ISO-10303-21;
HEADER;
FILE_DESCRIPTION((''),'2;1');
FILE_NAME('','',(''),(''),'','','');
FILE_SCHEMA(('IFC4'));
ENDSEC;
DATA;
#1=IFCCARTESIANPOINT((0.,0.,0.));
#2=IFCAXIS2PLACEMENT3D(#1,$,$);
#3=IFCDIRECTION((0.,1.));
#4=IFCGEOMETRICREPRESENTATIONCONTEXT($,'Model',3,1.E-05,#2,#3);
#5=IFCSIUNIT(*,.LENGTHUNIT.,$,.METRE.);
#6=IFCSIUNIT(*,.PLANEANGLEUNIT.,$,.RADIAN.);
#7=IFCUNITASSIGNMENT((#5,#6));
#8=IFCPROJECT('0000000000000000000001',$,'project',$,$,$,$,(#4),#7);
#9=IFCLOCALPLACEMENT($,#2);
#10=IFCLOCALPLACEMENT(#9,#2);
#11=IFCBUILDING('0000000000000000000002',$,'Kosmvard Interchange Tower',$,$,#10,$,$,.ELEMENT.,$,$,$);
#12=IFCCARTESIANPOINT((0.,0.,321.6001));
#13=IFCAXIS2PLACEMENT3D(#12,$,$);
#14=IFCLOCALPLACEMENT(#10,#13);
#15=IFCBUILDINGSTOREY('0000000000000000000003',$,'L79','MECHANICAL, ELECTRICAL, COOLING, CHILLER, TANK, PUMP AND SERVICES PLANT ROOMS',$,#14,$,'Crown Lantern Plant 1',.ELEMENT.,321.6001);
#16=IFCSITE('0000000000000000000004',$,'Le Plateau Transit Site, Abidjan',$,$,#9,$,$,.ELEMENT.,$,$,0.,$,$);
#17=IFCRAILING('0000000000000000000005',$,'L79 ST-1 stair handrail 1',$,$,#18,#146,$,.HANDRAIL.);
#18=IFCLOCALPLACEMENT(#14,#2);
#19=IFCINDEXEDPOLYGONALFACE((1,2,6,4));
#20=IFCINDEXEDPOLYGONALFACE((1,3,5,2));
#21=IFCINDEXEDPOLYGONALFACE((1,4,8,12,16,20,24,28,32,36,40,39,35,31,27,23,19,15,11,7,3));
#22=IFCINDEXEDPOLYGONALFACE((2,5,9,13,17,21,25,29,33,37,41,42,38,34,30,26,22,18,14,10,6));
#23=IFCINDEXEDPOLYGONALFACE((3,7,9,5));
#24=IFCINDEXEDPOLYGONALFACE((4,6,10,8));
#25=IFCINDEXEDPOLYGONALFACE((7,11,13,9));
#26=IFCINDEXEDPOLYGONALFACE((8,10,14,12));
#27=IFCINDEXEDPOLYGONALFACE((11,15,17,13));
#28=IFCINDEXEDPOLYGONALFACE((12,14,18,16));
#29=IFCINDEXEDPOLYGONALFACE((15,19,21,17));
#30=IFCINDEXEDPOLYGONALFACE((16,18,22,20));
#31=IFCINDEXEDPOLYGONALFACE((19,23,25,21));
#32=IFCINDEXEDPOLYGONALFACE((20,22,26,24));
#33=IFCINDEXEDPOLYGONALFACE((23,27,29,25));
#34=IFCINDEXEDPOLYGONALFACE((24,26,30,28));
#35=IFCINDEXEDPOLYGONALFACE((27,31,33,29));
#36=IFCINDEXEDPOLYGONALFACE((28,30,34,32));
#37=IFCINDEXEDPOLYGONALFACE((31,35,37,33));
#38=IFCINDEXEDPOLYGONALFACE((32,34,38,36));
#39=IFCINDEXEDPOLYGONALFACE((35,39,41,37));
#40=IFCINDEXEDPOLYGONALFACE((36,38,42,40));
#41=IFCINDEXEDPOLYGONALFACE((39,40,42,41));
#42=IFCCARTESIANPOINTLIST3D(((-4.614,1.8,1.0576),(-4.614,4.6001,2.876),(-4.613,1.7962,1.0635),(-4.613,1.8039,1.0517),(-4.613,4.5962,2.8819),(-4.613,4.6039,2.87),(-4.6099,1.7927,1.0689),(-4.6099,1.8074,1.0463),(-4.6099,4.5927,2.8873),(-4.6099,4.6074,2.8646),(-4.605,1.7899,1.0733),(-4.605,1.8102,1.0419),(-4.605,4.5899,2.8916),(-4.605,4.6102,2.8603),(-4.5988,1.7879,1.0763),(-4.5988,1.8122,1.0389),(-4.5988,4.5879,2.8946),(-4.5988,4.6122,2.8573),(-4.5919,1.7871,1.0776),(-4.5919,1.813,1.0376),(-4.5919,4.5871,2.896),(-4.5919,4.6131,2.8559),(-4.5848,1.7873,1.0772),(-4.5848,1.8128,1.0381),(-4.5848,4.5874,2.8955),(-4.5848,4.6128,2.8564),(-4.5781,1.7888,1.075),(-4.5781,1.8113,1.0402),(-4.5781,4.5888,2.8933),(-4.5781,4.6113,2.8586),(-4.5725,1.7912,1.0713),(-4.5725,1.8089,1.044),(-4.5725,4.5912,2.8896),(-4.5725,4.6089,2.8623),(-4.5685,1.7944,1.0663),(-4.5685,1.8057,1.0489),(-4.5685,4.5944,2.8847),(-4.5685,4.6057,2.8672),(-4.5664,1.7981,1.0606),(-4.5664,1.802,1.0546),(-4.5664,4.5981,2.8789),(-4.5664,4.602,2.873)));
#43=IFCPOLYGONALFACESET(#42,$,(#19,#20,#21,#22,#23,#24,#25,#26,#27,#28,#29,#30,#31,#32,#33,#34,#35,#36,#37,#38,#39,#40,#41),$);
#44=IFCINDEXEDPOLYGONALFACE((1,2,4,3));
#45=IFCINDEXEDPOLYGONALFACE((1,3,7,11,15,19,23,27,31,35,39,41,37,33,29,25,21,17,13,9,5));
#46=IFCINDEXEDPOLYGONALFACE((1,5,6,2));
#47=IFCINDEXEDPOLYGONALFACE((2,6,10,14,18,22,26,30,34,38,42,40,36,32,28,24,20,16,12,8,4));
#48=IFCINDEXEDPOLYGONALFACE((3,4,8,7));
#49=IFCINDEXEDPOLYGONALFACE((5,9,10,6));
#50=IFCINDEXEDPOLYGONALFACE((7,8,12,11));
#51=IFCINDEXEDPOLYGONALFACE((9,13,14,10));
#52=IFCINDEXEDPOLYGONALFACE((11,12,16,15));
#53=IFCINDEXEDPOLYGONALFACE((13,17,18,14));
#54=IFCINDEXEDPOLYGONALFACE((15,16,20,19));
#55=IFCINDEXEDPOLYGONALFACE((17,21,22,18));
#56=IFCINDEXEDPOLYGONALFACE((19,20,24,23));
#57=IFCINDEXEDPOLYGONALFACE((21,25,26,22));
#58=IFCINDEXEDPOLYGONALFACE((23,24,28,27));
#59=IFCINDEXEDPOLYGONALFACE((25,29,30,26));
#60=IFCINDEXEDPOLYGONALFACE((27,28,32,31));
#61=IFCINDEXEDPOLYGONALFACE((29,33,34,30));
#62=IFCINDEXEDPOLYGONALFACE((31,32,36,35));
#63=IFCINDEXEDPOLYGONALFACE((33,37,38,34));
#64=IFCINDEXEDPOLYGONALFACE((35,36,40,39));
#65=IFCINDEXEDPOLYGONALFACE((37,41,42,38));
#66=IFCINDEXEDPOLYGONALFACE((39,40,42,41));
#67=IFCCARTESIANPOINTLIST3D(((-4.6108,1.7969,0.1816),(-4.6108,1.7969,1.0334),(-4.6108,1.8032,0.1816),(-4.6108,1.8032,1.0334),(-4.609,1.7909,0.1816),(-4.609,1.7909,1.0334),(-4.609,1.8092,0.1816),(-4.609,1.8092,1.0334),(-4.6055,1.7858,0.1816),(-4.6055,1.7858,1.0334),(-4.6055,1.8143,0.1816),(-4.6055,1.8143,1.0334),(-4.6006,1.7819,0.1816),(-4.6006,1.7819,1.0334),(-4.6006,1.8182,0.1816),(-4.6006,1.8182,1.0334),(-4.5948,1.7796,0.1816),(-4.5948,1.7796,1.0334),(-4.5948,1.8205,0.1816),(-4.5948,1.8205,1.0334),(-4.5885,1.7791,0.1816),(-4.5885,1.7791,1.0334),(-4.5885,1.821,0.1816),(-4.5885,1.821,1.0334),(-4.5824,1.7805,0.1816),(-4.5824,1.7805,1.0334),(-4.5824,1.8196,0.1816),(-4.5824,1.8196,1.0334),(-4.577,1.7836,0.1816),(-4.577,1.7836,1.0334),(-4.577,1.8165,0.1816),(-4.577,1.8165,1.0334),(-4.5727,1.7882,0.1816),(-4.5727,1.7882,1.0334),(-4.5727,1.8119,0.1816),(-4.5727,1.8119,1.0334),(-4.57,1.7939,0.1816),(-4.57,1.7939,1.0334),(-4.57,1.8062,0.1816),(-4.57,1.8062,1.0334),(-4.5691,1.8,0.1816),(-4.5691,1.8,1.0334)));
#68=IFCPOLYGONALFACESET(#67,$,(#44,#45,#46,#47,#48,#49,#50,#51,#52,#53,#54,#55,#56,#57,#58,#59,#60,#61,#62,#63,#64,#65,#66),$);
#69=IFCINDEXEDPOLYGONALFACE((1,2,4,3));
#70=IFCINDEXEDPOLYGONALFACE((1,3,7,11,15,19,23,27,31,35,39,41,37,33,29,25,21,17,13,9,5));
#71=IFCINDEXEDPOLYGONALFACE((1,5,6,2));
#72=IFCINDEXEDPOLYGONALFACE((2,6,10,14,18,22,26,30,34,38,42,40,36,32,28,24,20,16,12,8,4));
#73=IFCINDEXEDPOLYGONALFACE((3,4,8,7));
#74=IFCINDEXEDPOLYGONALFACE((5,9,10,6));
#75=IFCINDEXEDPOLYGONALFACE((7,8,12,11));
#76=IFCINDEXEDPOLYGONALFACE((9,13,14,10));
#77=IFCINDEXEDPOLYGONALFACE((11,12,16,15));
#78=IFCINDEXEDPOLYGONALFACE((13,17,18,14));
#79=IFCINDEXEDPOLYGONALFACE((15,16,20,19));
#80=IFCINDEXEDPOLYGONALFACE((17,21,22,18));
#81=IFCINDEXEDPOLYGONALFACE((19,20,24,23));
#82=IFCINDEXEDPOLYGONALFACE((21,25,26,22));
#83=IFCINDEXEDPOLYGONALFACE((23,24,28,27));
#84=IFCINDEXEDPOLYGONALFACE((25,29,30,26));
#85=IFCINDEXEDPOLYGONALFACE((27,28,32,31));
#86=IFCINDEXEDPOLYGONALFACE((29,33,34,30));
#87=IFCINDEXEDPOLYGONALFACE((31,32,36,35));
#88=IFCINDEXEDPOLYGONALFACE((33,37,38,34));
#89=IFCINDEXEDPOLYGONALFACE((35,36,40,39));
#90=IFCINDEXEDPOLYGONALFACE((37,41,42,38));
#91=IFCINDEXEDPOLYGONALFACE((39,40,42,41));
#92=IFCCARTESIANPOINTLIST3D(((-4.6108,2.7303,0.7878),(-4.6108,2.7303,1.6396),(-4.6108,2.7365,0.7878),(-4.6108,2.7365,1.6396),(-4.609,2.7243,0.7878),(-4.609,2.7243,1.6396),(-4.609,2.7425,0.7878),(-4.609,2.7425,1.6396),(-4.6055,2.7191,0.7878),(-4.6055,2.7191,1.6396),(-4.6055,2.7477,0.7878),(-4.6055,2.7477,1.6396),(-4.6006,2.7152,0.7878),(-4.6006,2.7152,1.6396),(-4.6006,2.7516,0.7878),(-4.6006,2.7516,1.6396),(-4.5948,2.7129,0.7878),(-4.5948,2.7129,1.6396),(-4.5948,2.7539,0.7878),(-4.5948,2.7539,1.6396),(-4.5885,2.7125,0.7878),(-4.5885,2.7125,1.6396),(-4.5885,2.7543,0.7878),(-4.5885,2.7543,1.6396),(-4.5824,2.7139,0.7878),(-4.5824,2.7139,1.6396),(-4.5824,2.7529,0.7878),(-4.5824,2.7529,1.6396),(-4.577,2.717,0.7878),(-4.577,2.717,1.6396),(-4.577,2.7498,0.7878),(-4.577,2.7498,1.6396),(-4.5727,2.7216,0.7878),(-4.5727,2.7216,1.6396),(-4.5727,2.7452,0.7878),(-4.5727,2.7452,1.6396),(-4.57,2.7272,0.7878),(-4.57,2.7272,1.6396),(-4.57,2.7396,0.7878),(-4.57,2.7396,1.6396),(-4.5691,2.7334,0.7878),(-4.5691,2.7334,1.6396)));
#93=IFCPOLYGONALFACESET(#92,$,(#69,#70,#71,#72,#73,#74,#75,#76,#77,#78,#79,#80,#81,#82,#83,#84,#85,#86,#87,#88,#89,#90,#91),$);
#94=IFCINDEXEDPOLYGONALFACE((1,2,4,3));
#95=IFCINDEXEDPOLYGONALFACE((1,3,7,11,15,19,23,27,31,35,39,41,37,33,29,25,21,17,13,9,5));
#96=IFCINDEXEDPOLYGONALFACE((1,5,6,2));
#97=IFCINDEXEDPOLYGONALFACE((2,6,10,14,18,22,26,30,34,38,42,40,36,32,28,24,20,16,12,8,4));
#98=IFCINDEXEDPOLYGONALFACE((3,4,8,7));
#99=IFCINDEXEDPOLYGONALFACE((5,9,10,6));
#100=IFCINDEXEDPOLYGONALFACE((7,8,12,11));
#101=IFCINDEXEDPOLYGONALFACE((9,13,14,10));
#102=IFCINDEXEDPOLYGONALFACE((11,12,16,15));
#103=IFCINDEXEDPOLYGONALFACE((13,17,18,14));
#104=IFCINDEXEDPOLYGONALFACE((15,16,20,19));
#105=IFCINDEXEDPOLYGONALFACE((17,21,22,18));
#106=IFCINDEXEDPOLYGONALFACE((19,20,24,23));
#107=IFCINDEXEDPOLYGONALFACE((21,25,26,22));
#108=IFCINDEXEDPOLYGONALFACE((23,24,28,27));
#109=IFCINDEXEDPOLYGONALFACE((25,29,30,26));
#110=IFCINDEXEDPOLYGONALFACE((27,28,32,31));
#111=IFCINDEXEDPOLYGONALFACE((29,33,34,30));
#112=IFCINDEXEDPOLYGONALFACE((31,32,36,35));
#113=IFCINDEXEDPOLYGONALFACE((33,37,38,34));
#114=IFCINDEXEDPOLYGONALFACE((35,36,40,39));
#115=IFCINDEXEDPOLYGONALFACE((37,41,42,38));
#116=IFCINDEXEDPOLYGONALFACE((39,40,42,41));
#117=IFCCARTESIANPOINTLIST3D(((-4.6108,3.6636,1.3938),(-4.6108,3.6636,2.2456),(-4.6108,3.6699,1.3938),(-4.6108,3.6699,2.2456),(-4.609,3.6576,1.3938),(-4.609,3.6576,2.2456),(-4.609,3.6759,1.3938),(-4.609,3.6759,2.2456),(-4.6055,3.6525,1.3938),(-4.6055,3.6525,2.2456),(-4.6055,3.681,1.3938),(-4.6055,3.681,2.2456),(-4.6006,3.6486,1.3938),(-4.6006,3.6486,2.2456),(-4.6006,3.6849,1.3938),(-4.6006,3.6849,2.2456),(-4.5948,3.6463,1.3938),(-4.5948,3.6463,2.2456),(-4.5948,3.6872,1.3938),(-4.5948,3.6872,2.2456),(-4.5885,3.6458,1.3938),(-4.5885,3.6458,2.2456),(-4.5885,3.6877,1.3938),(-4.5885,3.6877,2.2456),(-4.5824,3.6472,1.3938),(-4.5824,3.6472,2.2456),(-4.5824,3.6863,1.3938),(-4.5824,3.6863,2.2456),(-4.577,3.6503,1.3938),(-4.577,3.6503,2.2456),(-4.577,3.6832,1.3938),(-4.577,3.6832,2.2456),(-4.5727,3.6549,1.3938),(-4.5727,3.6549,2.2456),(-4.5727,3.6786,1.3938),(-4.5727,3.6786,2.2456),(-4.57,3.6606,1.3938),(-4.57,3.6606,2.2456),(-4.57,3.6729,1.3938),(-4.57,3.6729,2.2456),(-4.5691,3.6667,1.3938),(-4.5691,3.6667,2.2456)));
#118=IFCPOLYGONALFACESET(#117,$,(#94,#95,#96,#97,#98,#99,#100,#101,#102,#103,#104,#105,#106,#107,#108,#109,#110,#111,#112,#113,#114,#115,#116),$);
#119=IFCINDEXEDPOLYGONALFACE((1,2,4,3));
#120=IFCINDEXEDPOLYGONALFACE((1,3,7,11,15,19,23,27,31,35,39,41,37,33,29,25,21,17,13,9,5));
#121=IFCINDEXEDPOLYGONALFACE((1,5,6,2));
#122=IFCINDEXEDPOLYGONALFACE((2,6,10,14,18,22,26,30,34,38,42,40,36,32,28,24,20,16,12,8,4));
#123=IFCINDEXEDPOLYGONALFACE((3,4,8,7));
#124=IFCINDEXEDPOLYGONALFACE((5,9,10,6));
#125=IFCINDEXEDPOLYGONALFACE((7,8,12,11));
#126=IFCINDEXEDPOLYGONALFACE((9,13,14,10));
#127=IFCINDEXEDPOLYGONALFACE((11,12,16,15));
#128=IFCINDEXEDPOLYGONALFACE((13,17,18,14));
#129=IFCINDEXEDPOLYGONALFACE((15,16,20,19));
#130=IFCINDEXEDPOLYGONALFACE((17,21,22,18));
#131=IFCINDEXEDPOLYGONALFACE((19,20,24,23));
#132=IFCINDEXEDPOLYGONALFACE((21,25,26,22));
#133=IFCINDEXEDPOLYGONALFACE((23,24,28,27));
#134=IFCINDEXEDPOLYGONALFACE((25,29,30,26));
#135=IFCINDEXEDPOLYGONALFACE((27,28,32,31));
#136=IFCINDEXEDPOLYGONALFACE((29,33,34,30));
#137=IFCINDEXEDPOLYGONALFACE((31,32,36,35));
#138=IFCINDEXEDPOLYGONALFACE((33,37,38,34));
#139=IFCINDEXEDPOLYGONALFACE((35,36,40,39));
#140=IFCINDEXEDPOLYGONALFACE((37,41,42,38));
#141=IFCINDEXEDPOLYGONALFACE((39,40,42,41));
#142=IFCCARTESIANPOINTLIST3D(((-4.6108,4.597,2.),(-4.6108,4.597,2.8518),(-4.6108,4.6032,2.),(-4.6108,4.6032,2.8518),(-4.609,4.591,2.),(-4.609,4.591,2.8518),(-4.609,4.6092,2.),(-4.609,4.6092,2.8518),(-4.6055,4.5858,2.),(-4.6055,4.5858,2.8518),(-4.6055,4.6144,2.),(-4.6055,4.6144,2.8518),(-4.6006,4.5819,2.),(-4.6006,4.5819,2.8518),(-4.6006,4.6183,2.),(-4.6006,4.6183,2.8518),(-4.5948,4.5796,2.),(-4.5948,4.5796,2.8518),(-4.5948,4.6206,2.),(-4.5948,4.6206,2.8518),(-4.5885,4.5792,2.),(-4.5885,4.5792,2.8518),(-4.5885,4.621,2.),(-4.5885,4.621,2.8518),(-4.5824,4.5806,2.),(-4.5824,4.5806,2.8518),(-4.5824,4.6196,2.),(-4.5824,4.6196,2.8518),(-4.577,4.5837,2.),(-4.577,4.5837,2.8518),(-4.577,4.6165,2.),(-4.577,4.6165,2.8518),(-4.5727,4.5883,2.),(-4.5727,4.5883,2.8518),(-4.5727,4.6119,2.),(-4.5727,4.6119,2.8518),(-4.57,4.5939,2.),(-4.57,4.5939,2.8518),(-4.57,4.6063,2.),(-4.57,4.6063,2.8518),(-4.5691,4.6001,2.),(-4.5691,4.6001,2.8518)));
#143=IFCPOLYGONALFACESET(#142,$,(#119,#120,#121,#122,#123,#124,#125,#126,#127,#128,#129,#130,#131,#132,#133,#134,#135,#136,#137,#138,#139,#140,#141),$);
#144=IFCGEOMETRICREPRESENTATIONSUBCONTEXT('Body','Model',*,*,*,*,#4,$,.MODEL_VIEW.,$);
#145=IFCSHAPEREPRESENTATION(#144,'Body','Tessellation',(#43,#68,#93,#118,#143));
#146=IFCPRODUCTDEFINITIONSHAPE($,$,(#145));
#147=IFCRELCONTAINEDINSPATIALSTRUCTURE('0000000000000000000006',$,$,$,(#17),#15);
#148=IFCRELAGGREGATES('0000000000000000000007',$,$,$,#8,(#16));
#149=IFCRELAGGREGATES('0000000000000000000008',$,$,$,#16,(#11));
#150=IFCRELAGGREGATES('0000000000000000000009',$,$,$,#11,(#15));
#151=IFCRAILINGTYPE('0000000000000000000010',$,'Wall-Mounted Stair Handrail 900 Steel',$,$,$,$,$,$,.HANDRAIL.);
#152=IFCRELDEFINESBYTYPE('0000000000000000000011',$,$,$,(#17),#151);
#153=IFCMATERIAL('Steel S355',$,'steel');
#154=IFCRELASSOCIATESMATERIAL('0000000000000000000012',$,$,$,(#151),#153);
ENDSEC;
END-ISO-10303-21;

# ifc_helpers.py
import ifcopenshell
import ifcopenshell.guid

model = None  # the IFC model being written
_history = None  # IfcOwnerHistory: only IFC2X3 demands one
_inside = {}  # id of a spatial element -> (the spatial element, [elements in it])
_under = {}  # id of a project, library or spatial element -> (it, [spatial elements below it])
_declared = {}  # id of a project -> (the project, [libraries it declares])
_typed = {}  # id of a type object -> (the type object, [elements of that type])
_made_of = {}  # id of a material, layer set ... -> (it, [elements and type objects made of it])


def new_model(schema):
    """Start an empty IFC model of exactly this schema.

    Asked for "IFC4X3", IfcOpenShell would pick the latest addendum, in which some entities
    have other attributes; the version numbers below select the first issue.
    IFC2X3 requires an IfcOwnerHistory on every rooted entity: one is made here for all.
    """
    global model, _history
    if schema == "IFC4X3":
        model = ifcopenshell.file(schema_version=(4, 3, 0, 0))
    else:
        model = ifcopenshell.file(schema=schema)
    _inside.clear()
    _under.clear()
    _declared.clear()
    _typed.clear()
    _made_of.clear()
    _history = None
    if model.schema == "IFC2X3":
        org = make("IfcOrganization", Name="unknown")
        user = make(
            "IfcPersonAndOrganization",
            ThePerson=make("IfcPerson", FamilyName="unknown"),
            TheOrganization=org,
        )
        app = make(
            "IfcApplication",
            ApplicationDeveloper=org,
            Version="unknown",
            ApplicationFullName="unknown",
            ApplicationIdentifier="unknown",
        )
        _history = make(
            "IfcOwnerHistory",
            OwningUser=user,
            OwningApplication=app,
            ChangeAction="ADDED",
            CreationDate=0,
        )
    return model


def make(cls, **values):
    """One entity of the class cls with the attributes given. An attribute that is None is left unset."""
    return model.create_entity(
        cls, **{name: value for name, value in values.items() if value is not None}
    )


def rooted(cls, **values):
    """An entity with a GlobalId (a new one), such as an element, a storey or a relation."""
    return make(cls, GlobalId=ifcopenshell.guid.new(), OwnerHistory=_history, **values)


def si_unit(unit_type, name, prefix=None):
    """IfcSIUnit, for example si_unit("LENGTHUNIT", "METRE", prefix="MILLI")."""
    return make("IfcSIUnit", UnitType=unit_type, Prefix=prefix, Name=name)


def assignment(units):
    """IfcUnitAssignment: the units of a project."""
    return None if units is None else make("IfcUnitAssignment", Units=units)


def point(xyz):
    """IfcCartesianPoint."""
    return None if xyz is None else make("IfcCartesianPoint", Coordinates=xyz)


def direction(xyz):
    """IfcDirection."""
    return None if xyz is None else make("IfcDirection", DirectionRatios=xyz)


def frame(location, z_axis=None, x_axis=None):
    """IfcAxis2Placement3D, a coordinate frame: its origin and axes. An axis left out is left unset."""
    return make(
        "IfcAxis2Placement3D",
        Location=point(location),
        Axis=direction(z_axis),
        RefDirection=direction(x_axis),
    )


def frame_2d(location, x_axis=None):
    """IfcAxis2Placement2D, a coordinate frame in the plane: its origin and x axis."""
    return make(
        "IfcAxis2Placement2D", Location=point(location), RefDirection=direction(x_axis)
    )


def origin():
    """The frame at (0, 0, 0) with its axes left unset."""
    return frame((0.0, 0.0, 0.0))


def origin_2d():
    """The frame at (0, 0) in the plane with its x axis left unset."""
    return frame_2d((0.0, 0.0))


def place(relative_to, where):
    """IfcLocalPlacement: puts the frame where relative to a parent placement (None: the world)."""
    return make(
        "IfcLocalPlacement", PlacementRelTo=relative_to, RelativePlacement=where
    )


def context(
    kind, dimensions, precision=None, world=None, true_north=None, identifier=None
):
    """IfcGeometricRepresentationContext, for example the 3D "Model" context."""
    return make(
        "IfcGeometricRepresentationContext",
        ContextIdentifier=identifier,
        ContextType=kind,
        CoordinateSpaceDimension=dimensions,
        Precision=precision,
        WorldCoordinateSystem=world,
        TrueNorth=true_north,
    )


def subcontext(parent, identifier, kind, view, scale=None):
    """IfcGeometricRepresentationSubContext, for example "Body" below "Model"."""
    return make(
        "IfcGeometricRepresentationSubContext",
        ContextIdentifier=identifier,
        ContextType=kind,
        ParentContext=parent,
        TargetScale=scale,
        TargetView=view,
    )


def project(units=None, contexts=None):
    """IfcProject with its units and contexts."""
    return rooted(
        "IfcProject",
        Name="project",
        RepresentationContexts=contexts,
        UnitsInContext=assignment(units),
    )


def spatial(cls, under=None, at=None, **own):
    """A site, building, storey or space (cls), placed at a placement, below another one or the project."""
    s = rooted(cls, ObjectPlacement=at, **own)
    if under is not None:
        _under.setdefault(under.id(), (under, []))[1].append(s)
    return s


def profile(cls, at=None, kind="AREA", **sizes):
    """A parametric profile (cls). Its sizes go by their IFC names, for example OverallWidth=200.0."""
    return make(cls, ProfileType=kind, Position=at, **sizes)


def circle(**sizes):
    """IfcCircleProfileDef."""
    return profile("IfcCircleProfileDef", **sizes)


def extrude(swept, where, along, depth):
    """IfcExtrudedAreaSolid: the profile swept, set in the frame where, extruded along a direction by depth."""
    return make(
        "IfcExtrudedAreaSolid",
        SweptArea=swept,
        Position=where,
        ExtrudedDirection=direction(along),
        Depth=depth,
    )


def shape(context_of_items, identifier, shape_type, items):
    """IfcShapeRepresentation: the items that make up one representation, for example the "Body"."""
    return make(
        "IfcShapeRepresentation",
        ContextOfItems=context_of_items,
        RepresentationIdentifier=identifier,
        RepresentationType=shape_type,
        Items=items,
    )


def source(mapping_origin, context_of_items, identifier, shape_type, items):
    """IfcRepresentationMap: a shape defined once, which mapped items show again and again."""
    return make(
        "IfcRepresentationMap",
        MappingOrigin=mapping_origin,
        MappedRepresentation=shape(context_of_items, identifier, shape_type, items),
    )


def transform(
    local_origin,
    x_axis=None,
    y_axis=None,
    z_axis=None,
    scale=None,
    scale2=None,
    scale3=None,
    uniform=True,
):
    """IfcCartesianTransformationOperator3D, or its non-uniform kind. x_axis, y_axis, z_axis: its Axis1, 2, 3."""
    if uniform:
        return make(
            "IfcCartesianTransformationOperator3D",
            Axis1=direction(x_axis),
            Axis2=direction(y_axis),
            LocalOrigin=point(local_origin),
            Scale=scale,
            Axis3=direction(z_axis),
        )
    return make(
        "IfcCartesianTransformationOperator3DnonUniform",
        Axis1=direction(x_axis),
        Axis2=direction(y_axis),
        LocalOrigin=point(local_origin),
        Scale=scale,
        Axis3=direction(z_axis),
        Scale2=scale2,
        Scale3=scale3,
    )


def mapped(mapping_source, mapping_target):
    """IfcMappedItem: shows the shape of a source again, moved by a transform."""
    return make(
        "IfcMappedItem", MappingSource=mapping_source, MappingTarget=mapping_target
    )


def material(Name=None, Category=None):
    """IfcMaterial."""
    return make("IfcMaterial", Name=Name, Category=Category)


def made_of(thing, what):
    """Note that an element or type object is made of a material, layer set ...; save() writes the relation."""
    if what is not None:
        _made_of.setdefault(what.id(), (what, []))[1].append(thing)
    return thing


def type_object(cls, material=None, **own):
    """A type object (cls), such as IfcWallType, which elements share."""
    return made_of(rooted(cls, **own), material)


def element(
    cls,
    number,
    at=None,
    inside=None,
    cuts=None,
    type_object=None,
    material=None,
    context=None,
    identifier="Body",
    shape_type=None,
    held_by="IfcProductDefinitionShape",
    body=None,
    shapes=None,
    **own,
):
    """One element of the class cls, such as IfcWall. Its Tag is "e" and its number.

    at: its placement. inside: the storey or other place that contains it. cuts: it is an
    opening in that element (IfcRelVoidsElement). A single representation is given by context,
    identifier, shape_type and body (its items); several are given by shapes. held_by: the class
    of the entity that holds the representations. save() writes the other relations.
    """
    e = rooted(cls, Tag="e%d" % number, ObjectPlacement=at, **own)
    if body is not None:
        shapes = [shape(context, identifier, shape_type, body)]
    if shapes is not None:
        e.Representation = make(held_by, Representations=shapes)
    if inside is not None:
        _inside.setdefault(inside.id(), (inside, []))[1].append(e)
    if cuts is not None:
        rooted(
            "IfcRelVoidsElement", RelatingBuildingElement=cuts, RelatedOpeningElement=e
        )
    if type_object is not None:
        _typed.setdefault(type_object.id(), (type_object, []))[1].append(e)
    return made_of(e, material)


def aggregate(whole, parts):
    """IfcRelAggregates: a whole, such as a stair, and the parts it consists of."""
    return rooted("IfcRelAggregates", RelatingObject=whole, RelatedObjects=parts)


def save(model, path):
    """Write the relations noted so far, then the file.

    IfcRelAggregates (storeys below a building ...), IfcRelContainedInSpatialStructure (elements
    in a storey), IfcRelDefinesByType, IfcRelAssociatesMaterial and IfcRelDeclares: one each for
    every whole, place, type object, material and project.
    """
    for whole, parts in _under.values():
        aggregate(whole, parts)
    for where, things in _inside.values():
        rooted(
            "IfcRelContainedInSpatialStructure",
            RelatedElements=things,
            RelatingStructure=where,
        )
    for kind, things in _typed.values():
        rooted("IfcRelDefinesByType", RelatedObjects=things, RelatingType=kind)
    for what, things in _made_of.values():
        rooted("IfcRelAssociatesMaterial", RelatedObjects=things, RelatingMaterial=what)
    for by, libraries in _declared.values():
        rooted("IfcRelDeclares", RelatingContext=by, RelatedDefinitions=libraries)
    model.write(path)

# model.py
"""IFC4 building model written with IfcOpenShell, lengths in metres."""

from ifc_helpers import new_model, si_unit, direction, frame, origin, origin_2d, place, context, subcontext, project, spatial, circle, extrude, source, transform, mapped, material, type_object, element, save


model = new_model("IFC4")

# Units and contexts
model_context = context("Model", 3, precision=1e-05, world=origin(), true_north=direction((0.0, 1.0)))
body_context = subcontext(model_context, "Body", "Model", "MODEL_VIEW")
ifc_project = project(units=[si_unit("LENGTHUNIT", "METRE"), si_unit("PLANEANGLEUNIT", "RADIAN")], contexts=[model_context])

# Site, building, storey
site_placement = place(None, origin())
site = spatial("IfcSite", under=ifc_project, at=site_placement, Name="Le Plateau Transit Site, Abidjan", CompositionType="ELEMENT", RefElevation=0.0)
building_placement = place(site_placement, origin())
building = spatial("IfcBuilding", under=site, at=building_placement, Name="Kosmvard Interchange Tower", CompositionType="ELEMENT")
storey_placement = place(building_placement, frame((0.0, 0.0, 321.6001)))
storey = spatial("IfcBuildingStorey", under=building, at=storey_placement, Name="L79", Description="MECHANICAL, ELECTRICAL, COOLING, CHILLER, TANK, PUMP AND SERVICES PLANT ROOMS", LongName="Crown Lantern Plant 1", CompositionType="ELEMENT", Elevation=321.6001)

# Shared definitions
ifc_material_1 = material(Name="Steel S355", Category="steel")

# Railing
railing_type_1 = type_object("IfcRailingType", Name="Wall-Mounted Stair Handrail 900 Steel", PredefinedType="HANDRAIL", material=ifc_material_1)
shared_shape_1 = source(origin(), body_context, "Body", "SweptSolid", [
    extrude(circle(Radius=0.0239, at=origin_2d()), frame((0.0, 0.0, 0.876), z_axis=(0.0, 0.838672, 0.544636), x_axis=(-1.0, 0.0, 0.0)), (0.0, 0.0, 1.0), 3.3386),
    extrude(circle(Radius=0.021, at=origin_2d()), origin(), (0.0, 0.0, 1.0), 0.8518),
    extrude(circle(Radius=0.021, at=origin_2d()), frame((0.0, 0.9333, 0.6062)), (0.0, 0.0, 1.0), 0.8518),
    extrude(circle(Radius=0.021, at=origin_2d()), frame((0.0, 1.8667, 1.2122)), (0.0, 0.0, 1.0), 0.8518),
    extrude(circle(Radius=0.021, at=origin_2d()), frame((0.0, 2.8, 1.8184)), (0.0, 0.0, 1.0), 0.8518),
])
railing_1_placement = place(storey_placement, frame((-4.5901, 1.8, 0.1816)))
element("IfcRailing", 1, at=railing_1_placement, inside=storey, type_object=railing_type_1, Name="L79 ST-1 stair handrail 1", PredefinedType="HANDRAIL", context=body_context, shape_type="MappedRepresentation", body=[
    mapped(shared_shape_1, transform((0.0, 0.0, 0.0), scale=1.0)),
])

save(model, "model.ifc")
